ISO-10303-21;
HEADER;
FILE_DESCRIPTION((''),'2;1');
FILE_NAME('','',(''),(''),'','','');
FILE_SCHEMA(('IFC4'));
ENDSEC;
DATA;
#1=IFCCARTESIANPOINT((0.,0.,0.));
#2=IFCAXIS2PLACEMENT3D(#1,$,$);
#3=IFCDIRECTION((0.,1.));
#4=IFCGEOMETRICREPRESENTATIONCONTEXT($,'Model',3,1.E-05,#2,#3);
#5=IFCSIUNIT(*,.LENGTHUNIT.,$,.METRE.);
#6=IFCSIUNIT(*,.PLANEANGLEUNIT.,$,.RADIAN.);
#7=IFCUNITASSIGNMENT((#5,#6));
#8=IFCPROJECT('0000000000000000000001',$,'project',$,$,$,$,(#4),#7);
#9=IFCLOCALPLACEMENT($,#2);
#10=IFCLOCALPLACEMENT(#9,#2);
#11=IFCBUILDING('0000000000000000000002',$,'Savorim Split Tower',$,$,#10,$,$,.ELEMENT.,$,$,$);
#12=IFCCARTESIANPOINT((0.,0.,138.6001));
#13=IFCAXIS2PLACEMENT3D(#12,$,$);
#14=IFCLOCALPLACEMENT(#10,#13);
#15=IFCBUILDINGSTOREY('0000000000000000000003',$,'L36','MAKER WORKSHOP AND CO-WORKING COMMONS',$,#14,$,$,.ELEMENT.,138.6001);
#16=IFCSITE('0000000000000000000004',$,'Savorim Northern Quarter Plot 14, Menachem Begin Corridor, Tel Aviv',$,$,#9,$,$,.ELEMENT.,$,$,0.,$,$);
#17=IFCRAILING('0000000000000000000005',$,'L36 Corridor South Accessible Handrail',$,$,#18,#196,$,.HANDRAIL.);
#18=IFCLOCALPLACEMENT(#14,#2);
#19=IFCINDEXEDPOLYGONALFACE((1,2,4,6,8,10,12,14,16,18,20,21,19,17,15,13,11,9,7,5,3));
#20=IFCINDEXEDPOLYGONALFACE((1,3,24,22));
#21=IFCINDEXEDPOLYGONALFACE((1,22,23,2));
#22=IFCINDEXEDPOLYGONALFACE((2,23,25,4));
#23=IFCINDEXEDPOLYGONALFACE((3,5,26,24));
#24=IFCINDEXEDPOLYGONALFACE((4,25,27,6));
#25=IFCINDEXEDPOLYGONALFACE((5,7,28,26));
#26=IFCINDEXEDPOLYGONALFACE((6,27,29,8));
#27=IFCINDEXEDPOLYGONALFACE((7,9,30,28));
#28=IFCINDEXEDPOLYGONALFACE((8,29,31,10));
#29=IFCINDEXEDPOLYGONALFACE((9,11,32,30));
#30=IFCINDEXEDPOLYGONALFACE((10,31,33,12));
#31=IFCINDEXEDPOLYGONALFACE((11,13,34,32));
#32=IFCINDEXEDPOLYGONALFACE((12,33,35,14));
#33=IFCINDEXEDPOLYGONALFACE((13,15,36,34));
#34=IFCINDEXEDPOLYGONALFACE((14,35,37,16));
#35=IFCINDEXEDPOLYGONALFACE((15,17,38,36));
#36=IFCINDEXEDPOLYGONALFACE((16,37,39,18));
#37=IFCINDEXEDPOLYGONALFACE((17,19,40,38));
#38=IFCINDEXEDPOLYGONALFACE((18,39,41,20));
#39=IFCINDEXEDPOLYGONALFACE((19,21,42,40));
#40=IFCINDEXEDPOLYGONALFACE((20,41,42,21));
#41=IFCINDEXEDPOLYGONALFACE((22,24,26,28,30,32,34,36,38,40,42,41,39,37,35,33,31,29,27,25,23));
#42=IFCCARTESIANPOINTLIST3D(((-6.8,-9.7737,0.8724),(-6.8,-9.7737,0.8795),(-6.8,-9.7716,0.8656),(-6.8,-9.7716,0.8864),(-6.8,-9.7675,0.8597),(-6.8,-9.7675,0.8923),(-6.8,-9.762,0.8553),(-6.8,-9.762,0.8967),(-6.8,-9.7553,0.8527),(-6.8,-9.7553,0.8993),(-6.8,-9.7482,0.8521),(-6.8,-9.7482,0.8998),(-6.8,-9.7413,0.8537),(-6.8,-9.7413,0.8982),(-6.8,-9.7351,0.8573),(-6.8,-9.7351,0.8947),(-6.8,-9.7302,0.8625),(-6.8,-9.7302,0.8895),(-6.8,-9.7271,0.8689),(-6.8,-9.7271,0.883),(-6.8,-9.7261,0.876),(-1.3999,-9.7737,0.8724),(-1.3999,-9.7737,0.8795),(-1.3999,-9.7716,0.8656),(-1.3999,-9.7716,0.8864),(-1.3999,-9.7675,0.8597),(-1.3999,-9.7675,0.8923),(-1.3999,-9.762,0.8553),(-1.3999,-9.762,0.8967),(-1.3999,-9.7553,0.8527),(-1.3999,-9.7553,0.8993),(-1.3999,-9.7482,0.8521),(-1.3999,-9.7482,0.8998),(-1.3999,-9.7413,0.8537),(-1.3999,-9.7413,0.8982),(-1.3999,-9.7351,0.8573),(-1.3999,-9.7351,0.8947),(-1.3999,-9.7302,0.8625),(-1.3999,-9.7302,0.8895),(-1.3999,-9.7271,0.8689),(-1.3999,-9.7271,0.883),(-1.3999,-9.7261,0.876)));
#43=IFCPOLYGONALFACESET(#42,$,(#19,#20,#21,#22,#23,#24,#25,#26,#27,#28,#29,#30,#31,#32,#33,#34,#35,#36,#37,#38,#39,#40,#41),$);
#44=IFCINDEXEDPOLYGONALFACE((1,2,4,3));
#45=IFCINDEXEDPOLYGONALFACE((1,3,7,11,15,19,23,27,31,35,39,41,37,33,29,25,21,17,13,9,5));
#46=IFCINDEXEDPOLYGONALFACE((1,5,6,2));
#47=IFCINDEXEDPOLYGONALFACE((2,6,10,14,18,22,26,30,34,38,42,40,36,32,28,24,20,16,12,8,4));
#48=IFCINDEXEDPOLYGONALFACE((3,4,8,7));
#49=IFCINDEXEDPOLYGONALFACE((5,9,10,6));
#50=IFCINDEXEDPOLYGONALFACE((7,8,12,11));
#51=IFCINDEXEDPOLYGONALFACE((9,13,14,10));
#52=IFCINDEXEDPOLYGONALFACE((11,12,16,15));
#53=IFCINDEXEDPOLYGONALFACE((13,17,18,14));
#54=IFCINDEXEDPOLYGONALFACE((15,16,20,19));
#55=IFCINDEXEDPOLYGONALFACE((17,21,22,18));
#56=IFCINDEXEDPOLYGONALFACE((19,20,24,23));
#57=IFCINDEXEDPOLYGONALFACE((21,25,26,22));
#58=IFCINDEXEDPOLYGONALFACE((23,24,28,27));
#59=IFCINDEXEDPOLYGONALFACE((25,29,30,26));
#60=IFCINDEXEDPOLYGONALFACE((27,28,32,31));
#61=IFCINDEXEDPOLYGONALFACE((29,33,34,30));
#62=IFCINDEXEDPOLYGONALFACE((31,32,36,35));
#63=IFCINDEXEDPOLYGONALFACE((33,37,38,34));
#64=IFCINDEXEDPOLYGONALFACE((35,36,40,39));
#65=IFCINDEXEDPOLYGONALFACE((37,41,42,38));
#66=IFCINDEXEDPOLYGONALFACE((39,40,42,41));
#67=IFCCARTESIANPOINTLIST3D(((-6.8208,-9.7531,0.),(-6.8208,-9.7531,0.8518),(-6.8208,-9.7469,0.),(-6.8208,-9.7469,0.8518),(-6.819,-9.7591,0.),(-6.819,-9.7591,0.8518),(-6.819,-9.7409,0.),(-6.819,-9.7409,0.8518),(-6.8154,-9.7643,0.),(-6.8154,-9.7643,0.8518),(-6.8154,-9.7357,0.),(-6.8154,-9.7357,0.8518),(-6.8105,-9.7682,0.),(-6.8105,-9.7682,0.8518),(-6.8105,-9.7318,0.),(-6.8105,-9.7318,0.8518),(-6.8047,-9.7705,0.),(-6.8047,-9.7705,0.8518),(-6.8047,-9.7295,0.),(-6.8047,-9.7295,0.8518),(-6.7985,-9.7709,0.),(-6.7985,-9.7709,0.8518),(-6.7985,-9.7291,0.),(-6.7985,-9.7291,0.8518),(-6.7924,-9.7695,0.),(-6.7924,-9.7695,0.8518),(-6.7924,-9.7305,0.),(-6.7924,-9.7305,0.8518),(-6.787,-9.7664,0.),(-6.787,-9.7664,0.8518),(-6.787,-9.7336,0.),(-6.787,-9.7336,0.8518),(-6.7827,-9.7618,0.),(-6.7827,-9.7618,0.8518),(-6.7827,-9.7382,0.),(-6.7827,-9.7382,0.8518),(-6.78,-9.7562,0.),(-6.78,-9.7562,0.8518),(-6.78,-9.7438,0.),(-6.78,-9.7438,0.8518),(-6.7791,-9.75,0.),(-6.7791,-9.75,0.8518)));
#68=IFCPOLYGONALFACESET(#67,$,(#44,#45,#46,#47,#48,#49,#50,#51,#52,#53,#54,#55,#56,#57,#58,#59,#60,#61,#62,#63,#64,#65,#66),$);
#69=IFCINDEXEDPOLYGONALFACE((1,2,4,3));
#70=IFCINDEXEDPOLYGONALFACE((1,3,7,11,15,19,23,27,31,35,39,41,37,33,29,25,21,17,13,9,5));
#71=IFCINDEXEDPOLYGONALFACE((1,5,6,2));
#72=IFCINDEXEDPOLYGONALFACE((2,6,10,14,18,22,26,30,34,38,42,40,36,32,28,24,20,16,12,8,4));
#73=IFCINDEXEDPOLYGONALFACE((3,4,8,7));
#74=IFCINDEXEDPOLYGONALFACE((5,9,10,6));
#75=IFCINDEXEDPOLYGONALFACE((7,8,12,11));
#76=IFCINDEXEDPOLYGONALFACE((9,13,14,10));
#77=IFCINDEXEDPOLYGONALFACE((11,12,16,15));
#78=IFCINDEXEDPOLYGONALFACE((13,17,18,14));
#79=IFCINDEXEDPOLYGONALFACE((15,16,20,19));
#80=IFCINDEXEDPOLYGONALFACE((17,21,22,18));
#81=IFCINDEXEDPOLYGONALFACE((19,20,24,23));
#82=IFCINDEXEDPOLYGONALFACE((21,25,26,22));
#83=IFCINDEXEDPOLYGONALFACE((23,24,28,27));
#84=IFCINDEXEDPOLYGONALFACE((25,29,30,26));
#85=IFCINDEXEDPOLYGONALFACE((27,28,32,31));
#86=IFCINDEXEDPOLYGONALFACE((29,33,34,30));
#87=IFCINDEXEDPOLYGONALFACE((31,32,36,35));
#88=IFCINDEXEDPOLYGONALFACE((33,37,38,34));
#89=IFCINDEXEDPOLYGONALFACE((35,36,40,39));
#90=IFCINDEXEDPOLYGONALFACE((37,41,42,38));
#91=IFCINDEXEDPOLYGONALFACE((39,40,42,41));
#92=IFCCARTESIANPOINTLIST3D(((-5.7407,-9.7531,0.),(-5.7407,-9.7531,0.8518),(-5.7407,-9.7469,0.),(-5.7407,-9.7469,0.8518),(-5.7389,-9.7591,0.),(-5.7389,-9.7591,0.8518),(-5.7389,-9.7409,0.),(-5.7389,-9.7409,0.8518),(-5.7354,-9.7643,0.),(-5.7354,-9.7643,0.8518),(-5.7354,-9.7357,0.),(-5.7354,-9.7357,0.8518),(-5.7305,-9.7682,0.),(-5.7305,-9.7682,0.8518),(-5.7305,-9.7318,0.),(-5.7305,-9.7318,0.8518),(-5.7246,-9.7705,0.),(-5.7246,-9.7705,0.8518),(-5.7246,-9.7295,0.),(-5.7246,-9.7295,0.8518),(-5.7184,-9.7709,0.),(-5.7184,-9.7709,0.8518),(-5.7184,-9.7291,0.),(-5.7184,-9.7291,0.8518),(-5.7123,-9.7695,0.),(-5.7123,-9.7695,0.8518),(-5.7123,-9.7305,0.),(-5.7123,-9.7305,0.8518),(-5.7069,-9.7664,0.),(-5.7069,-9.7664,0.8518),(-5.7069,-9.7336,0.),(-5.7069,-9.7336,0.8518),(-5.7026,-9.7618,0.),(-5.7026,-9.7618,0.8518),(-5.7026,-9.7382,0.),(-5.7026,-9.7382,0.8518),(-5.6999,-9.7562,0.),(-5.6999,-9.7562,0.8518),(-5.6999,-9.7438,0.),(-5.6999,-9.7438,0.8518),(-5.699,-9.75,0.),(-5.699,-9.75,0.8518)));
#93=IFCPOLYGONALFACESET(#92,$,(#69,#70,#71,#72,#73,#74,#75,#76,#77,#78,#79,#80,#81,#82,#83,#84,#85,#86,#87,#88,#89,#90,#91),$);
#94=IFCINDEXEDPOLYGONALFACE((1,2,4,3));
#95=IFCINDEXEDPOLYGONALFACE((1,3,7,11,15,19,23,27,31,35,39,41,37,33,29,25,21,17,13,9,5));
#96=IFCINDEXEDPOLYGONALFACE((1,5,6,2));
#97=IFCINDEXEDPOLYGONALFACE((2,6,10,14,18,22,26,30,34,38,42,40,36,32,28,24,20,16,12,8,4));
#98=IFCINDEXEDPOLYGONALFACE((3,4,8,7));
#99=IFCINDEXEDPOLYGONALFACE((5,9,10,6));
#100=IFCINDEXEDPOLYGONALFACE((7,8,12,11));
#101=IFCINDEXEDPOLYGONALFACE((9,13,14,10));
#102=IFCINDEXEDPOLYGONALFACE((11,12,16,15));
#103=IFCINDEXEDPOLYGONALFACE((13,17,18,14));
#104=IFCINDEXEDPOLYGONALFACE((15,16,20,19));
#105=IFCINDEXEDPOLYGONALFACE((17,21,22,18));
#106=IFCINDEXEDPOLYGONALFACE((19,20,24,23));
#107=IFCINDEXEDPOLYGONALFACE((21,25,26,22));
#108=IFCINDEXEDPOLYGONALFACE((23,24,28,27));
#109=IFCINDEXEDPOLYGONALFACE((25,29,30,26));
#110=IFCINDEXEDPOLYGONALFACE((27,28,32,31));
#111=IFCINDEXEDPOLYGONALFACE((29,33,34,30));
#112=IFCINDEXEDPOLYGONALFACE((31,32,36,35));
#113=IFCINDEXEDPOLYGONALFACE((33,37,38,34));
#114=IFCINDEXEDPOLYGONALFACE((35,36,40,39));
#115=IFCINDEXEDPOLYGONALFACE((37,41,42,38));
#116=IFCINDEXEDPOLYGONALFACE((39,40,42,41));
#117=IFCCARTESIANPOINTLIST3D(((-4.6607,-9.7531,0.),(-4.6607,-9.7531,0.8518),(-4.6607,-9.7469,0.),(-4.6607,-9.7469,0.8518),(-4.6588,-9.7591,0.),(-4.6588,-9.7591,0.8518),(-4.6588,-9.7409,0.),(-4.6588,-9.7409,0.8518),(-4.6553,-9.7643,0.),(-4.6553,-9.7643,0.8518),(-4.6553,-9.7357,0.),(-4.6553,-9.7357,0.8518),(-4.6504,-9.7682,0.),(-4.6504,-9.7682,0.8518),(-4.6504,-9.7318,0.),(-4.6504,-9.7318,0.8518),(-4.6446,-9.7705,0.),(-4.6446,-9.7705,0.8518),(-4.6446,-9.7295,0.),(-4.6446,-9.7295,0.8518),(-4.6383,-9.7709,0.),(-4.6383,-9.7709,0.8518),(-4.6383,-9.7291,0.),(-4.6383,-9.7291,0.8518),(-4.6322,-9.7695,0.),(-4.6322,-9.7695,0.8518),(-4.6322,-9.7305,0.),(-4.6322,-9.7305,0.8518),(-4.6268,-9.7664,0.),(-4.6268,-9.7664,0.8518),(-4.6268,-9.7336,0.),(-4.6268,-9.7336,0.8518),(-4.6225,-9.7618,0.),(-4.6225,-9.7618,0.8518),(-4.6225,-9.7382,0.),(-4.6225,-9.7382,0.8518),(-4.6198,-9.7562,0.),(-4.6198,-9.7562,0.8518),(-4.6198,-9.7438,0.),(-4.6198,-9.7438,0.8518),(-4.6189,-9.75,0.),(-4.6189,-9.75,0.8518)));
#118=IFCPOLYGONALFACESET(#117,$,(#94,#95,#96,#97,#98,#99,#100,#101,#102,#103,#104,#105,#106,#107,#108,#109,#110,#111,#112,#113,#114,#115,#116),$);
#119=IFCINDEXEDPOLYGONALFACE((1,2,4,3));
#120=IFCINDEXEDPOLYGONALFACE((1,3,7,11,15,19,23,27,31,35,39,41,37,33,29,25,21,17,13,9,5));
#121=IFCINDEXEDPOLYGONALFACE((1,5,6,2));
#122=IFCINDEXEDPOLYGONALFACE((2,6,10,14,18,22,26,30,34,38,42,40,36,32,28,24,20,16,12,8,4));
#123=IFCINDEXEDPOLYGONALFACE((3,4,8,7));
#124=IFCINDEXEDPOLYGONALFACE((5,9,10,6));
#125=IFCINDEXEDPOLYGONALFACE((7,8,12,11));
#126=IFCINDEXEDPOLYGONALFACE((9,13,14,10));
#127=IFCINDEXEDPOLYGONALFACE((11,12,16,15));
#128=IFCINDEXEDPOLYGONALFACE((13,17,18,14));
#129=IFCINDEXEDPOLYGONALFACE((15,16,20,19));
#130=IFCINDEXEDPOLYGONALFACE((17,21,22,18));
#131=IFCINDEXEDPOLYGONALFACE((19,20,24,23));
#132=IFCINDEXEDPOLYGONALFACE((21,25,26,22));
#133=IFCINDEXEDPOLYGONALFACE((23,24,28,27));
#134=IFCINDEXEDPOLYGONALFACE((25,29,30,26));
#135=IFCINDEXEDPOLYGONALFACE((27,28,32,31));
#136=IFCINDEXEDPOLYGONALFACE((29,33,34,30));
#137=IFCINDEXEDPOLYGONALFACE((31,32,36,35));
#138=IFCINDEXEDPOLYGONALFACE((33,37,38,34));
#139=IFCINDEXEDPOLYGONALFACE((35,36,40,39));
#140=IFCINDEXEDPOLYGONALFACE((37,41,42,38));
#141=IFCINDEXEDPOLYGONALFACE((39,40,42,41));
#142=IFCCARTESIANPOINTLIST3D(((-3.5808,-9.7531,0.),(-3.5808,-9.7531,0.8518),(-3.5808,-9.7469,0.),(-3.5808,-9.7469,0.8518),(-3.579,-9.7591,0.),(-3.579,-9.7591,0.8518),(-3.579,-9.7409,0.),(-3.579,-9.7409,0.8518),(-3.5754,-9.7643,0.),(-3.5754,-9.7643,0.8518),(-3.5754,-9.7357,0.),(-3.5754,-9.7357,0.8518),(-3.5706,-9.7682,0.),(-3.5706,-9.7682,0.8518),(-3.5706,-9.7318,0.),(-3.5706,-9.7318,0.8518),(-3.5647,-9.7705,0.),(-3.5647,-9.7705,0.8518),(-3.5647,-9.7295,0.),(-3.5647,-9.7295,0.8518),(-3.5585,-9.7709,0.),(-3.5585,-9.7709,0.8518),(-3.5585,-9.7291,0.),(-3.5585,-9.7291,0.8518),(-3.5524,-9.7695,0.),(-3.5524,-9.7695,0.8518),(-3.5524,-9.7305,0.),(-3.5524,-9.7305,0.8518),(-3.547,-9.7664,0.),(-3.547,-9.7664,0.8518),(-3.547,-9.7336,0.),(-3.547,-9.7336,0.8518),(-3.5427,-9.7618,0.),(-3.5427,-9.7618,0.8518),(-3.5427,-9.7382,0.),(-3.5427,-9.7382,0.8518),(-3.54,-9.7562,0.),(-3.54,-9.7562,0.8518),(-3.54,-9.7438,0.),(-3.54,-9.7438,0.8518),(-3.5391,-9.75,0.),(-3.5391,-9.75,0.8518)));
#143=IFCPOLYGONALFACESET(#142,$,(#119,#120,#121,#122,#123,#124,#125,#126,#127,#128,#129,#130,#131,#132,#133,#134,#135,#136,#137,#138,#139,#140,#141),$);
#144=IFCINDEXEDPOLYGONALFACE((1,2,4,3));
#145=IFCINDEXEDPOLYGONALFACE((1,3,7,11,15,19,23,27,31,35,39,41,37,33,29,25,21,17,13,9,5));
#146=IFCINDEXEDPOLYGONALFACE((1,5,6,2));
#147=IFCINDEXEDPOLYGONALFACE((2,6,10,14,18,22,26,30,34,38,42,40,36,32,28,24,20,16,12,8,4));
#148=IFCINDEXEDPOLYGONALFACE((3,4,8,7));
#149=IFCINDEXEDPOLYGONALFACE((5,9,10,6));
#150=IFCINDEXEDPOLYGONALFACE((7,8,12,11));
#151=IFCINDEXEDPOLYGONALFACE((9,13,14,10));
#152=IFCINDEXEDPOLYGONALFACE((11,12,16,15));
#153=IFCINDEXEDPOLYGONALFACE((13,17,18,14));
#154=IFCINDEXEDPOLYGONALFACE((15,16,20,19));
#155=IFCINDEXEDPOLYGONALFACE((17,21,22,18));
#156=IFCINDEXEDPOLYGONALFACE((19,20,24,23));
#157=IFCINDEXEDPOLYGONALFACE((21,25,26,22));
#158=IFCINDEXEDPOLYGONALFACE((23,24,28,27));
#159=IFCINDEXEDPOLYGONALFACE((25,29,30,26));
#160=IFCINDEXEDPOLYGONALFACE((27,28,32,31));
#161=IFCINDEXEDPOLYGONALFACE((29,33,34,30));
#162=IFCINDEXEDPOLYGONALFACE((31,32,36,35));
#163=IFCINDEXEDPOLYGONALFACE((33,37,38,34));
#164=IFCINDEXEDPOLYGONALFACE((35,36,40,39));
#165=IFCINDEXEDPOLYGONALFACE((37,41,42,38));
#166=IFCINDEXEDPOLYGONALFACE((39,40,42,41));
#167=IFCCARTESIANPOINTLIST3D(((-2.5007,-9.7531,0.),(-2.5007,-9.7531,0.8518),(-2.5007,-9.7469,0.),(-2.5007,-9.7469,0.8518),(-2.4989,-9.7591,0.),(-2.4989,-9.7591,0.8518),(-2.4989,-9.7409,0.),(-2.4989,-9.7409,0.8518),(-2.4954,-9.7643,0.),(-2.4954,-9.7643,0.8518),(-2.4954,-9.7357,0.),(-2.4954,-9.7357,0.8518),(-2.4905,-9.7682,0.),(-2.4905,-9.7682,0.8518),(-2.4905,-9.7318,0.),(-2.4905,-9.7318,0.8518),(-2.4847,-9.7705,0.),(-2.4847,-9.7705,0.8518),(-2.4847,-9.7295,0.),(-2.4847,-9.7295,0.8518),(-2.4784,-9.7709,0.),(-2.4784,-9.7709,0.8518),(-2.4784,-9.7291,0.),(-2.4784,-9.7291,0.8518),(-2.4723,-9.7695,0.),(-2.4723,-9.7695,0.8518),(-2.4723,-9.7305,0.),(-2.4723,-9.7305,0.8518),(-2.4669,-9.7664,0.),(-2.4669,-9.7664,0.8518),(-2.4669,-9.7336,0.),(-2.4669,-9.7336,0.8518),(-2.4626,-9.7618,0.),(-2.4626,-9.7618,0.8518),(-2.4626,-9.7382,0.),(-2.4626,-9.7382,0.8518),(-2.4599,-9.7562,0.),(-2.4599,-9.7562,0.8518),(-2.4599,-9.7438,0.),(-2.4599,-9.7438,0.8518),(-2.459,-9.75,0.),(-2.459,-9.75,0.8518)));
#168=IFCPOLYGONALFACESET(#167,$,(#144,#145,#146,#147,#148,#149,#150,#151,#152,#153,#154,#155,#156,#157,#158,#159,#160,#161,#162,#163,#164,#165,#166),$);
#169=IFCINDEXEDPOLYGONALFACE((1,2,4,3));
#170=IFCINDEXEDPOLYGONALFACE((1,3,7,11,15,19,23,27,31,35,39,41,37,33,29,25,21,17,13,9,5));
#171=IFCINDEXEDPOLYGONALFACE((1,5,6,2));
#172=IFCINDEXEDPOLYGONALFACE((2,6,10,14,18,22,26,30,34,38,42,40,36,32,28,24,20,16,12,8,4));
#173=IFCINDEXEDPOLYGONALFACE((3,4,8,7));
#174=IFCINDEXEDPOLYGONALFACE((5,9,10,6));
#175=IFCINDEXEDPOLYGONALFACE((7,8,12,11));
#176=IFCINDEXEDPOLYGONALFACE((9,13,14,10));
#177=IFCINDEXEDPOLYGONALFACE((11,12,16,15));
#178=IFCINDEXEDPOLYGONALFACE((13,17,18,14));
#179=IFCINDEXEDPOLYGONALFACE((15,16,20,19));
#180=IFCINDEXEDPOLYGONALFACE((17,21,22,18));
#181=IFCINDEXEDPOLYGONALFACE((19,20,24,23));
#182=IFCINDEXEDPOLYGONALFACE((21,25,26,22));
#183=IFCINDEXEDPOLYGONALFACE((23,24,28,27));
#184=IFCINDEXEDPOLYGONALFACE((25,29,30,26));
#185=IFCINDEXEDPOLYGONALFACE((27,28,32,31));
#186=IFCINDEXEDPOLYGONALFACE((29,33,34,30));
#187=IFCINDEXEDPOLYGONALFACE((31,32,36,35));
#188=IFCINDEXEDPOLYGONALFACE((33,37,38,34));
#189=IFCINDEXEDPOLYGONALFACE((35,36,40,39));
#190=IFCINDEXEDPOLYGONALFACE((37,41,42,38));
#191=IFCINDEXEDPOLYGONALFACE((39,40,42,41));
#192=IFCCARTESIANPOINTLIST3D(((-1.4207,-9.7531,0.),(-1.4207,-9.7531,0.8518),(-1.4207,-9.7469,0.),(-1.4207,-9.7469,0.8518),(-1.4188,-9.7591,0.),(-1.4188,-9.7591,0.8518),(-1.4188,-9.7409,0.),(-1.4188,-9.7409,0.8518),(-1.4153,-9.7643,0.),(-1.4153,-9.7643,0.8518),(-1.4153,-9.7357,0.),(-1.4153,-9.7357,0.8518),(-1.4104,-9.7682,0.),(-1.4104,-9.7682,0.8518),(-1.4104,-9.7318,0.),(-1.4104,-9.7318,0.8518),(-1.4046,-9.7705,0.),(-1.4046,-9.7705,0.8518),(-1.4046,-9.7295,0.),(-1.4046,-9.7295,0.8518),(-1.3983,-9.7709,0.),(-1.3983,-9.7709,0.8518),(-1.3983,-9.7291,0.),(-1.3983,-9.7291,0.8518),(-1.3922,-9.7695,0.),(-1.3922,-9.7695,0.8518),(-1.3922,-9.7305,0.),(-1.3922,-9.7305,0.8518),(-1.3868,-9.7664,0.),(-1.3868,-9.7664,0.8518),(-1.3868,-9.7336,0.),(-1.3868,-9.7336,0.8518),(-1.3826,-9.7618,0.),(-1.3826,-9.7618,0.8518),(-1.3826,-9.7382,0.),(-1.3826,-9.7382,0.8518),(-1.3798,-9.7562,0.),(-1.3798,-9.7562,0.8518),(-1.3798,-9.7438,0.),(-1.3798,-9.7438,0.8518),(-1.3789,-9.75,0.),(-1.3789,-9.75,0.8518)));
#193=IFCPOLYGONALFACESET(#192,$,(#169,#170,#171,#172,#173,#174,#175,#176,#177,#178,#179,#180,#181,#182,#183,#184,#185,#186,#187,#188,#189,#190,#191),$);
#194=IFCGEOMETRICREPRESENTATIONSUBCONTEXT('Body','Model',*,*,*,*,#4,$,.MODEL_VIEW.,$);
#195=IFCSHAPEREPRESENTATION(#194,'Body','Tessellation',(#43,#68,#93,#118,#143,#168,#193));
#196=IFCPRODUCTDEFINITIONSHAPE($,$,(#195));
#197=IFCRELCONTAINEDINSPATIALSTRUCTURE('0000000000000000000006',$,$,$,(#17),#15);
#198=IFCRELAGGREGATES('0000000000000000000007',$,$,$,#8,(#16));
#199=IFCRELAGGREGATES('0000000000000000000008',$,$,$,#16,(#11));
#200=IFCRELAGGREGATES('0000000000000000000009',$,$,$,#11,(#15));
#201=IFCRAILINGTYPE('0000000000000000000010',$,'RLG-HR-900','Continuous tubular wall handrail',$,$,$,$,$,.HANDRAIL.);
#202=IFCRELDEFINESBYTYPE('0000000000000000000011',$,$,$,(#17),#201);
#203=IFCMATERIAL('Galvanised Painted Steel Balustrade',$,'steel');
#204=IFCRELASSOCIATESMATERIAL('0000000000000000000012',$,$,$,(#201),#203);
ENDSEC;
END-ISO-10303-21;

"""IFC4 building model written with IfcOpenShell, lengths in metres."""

from ifc_helpers import new_model, si_unit, direction, frame, origin, origin_2d, place, context, subcontext, project, spatial, circle, extrude, material, type_object, element, save


model = new_model("IFC4")

# Units and contexts
model_context = context("Model", 3, precision=1e-05, world=origin(), true_north=direction((0.0, 1.0)))
body_context = subcontext(model_context, "Body", "Model", "MODEL_VIEW")
ifc_project = project(units=[si_unit("LENGTHUNIT", "METRE"), si_unit("PLANEANGLEUNIT", "RADIAN")], contexts=[model_context])

# Site, building, storey
site_placement = place(None, origin())
site = spatial("IfcSite", under=ifc_project, at=site_placement, Name="Savorim Northern Quarter Plot 14, Menachem Begin Corridor, Tel Aviv", CompositionType="ELEMENT", RefElevation=0.0)
building_placement = place(site_placement, origin())
building = spatial("IfcBuilding", under=site, at=building_placement, Name="Savorim Split Tower", CompositionType="ELEMENT")
storey_placement = place(building_placement, frame((0.0, 0.0, 138.6001)))
storey = spatial("IfcBuildingStorey", under=building, at=storey_placement, Name="L36", Description="MAKER WORKSHOP AND CO-WORKING COMMONS", CompositionType="ELEMENT", Elevation=138.6001)

# Railing
ifc_material_1 = material(Name="Galvanised Painted Steel Balustrade", Category="steel")
railing_type_1 = type_object("IfcRailingType", Name="RLG-HR-900", Description="Continuous tubular wall handrail", PredefinedType="HANDRAIL", material=ifc_material_1)
railing_1_placement = place(storey_placement, frame((-6.8, -9.75, 0.0)))
element("IfcRailing", 1, at=railing_1_placement, inside=storey, type_object=railing_type_1, Name="L36 Corridor South Accessible Handrail", PredefinedType="HANDRAIL", context=body_context, shape_type="SweptSolid", body=[
    extrude(circle(Radius=0.0239, at=origin_2d()), frame((0.0, 0.0, 0.876), z_axis=(1.0, 0.0, 0.0), x_axis=(0.0, 1.0, 0.0)), (0.0, 0.0, 1.0), 5.4001),
    extrude(circle(Radius=0.021, at=origin_2d()), origin(), (0.0, 0.0, 1.0), 0.8518),
    extrude(circle(Radius=0.021, at=origin_2d()), frame((1.0801, 0.0, 0.0)), (0.0, 0.0, 1.0), 0.8518),
    extrude(circle(Radius=0.021, at=origin_2d()), frame((2.1602, 0.0, 0.0)), (0.0, 0.0, 1.0), 0.8518),
    extrude(circle(Radius=0.021, at=origin_2d()), frame((3.24, 0.0, 0.0)), (0.0, 0.0, 1.0), 0.8518),
    extrude(circle(Radius=0.021, at=origin_2d()), frame((4.3201, 0.0, 0.0)), (0.0, 0.0, 1.0), 0.8518),
    extrude(circle(Radius=0.021, at=origin_2d()), frame((5.4001, 0.0, 0.0)), (0.0, 0.0, 1.0), 0.8518),
])

save(model, "model.ifc")
